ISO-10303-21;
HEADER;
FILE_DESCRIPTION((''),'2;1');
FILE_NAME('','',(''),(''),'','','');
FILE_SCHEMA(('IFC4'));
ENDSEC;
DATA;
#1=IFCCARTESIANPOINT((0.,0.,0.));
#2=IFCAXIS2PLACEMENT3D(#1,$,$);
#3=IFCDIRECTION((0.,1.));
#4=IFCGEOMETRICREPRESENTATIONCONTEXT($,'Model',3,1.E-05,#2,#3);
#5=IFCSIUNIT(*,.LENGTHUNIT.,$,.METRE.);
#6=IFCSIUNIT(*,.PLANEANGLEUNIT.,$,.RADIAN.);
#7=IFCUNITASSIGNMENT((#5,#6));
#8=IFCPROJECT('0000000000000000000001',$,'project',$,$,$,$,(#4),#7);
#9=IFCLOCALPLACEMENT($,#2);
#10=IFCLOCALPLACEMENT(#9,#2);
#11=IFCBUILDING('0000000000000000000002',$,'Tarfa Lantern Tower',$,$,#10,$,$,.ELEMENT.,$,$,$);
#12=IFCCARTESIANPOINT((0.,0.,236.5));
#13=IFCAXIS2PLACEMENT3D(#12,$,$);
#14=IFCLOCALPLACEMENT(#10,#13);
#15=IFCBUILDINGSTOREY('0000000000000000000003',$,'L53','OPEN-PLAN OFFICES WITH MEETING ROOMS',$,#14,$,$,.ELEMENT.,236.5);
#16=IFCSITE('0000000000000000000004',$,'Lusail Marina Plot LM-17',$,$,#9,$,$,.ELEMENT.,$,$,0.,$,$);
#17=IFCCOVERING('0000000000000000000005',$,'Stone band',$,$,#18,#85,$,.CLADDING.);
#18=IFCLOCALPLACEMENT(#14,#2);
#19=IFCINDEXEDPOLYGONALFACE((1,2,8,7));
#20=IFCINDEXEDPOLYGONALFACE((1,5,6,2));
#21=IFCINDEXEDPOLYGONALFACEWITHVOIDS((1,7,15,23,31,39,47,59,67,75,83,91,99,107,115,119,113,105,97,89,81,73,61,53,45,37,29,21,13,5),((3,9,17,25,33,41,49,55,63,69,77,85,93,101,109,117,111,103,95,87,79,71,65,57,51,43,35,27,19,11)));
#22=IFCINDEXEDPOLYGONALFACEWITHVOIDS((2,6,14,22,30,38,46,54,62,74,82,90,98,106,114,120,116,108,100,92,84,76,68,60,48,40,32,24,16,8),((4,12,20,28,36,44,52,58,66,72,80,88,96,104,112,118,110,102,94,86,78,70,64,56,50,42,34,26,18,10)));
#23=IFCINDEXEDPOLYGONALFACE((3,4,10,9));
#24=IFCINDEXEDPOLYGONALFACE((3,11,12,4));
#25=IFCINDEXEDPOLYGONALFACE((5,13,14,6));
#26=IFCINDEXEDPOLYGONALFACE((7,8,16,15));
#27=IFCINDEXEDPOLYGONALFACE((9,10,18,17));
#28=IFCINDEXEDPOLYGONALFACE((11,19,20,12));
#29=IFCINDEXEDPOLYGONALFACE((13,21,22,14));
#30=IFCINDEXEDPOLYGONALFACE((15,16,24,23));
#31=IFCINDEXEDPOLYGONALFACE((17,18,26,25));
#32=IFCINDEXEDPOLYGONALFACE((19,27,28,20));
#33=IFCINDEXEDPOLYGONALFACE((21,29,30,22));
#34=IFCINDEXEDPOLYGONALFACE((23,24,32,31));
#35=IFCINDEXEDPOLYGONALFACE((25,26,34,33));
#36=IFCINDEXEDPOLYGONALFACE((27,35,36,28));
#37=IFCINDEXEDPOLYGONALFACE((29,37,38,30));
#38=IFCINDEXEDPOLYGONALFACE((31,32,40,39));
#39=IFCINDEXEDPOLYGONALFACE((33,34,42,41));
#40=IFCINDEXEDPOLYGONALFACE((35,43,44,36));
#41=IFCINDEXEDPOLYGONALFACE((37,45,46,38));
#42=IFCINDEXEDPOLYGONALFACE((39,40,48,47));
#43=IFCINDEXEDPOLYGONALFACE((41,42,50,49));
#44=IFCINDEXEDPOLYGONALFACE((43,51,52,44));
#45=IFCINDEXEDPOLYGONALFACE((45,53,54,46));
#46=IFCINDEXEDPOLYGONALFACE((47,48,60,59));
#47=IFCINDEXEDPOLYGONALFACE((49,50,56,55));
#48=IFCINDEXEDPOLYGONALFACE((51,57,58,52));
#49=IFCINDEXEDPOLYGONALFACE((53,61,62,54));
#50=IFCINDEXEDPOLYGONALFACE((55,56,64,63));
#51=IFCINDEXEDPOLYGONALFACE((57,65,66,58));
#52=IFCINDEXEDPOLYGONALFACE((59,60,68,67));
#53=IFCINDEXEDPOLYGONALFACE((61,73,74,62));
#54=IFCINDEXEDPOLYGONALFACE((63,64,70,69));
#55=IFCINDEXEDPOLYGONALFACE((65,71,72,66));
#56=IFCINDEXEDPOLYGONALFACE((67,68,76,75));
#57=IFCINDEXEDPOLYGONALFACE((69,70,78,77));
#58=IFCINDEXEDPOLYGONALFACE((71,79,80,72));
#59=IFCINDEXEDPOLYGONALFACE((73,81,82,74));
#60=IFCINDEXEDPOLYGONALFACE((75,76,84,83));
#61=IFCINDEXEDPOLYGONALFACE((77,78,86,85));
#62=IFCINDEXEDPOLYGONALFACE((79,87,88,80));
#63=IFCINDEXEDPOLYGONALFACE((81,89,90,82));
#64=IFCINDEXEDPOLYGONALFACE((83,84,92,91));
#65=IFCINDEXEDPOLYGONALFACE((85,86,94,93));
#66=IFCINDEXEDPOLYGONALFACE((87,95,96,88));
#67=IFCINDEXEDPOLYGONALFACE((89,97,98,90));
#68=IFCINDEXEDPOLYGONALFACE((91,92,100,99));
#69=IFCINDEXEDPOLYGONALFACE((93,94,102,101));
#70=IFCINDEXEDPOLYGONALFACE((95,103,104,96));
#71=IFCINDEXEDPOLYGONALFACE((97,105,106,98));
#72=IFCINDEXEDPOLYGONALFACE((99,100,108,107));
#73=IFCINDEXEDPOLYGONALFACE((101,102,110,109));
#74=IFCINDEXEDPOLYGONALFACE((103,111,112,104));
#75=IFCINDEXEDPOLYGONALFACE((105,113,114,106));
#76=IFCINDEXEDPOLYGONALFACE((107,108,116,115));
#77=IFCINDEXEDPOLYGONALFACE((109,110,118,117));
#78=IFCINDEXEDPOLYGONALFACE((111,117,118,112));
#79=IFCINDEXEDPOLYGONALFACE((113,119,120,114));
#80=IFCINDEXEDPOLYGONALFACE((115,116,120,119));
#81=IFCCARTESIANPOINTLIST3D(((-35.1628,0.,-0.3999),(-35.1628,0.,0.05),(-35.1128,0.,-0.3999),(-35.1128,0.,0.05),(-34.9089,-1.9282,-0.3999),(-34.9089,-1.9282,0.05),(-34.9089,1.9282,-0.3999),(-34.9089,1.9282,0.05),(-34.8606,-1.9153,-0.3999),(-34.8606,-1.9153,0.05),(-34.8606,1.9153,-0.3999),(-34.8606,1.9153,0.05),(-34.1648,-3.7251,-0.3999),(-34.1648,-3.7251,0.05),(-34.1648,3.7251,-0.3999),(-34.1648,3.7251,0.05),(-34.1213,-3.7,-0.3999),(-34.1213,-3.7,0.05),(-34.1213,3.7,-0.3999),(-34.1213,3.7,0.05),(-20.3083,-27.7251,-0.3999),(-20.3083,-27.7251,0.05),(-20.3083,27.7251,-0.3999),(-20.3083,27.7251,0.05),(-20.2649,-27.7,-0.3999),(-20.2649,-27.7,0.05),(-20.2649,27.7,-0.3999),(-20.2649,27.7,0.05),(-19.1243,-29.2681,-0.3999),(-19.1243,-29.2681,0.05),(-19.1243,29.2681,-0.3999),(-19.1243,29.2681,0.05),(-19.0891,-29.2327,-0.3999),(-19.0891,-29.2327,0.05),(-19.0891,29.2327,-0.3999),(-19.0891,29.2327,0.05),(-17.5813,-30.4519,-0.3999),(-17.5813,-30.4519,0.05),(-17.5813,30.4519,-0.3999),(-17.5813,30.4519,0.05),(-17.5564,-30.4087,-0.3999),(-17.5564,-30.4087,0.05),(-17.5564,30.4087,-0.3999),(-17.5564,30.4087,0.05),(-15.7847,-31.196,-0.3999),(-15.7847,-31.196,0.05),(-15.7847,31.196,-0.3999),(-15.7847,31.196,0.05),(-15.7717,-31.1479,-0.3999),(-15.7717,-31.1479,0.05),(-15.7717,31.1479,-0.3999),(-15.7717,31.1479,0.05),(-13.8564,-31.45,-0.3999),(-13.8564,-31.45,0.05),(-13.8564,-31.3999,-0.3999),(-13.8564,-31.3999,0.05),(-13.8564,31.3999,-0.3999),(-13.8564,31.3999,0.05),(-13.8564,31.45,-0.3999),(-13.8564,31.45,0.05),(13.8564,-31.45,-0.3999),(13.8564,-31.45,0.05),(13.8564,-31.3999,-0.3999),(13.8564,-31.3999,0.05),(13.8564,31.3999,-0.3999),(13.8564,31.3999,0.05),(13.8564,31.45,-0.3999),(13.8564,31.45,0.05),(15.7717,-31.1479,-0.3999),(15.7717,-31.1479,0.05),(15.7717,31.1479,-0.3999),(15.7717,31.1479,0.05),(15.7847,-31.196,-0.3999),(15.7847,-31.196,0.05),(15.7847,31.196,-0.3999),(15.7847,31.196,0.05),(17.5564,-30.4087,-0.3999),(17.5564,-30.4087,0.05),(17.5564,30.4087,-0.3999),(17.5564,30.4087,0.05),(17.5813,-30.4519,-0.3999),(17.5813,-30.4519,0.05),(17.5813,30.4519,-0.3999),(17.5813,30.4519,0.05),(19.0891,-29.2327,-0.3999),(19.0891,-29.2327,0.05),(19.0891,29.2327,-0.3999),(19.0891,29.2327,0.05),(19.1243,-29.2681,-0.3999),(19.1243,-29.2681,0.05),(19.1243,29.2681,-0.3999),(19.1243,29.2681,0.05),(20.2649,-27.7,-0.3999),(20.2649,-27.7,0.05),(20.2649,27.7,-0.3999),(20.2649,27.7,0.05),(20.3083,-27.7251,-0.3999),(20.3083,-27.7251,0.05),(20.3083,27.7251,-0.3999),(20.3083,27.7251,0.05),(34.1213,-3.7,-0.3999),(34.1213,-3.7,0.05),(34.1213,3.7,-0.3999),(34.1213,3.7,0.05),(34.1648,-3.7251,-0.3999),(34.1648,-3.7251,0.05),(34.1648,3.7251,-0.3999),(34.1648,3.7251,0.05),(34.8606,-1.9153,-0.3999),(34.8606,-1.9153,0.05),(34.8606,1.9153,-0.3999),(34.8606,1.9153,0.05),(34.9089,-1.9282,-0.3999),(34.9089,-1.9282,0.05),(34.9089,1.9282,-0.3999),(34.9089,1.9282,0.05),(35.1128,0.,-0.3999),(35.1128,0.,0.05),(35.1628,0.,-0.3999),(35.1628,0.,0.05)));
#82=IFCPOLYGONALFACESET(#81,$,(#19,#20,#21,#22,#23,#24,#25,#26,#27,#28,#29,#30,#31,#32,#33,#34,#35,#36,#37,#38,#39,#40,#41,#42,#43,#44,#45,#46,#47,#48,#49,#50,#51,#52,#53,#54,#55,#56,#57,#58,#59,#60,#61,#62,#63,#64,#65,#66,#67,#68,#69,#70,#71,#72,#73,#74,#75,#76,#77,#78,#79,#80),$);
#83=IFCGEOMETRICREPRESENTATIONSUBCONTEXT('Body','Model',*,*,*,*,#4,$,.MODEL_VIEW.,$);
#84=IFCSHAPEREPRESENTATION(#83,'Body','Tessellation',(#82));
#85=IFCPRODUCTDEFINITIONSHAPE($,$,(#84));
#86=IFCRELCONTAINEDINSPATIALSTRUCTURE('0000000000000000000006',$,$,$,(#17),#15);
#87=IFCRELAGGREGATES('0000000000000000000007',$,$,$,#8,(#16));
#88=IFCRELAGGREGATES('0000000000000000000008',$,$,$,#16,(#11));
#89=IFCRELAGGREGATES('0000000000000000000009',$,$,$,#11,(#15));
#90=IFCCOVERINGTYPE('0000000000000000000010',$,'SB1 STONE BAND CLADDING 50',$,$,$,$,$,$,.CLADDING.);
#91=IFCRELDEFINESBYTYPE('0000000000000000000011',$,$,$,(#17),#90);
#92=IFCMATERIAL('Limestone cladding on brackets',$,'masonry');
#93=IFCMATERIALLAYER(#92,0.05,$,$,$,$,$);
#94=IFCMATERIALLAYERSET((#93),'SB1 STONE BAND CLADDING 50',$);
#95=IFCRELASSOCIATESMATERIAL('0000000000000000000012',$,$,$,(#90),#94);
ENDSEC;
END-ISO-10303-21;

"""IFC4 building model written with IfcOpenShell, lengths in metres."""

from ifc_helpers import new_model, si_unit, direction, frame, origin, place, context, subcontext, project, spatial, polyline, outline, extrude, material, layer, layer_set, type_object, element, save


model = new_model("IFC4")

# Units and contexts
model_context = context("Model", 3, precision=1e-05, world=origin(), true_north=direction((0.0, 1.0)))
body_context = subcontext(model_context, "Body", "Model", "MODEL_VIEW")
ifc_project = project(units=[si_unit("LENGTHUNIT", "METRE"), si_unit("PLANEANGLEUNIT", "RADIAN")], contexts=[model_context])

# Site, building, storey
site_placement = place(None, origin())
site = spatial("IfcSite", under=ifc_project, at=site_placement, Name="Lusail Marina Plot LM-17", CompositionType="ELEMENT", RefElevation=0.0)
building_placement = place(site_placement, origin())
building = spatial("IfcBuilding", under=site, at=building_placement, Name="Tarfa Lantern Tower", CompositionType="ELEMENT")
storey_placement = place(building_placement, frame((0.0, 0.0, 236.5)))
storey = spatial("IfcBuildingStorey", under=building, at=storey_placement, Name="L53", Description="OPEN-PLAN OFFICES WITH MEETING ROOMS", CompositionType="ELEMENT", Elevation=236.5)

# Covering
ifc_material_1 = material(Name="Limestone cladding on brackets", Category="masonry")
ifc_layer_1 = layer(ifc_material_1, 0.05)
ifc_layer_set_1 = layer_set([ifc_layer_1], Name="SB1 STONE BAND CLADDING 50")
covering_type_1 = type_object("IfcCoveringType", Name="SB1 STONE BAND CLADDING 50", PredefinedType="CLADDING", material=ifc_layer_set_1)
covering_1_placement = place(storey_placement, frame((0.0, 0.0, -0.3999)))
element("IfcCovering", 1, at=covering_1_placement, inside=storey, type_object=covering_type_1, Name="Stone band", PredefinedType="CLADDING", context=body_context, shape_type="SweptSolid", body=[
    extrude(outline(polyline([(34.1648, 3.7251), (20.3083, 27.7251), (19.1243, 29.2681), (17.5813, 30.4519), (15.7847, 31.196), (13.8564, 31.45), (-13.8564, 31.45), (-15.7847, 31.196), (-17.5813, 30.4519), (-19.1243, 29.2681), (-20.3083, 27.7251), (-34.1648, 3.7251), (-34.9089, 1.9282), (-35.1628, 0.0), (-34.9089, -1.9282), (-34.1648, -3.7251), (-20.3083, -27.7251), (-19.1243, -29.2681), (-17.5813, -30.4519), (-15.7847, -31.196), (-13.8564, -31.45), (13.8564, -31.45), (15.7847, -31.196), (17.5813, -30.4519), (19.1243, -29.2681), (20.3083, -27.7251), (34.1648, -3.7251), (34.9089, -1.9282), (35.1628, 0.0), (34.9089, 1.9282), (34.1648, 3.7251)]), holes=[polyline([(34.1213, 3.7), (20.2649, 27.7), (19.0891, 29.2327), (17.5564, 30.4087), (15.7717, 31.1479), (13.8564, 31.3999), (-13.8564, 31.3999), (-15.7717, 31.1479), (-17.5564, 30.4087), (-19.0891, 29.2327), (-20.2649, 27.7), (-34.1213, 3.7), (-34.8606, 1.9153), (-35.1128, 0.0), (-34.8606, -1.9153), (-34.1213, -3.7), (-20.2649, -27.7), (-19.0891, -29.2327), (-17.5564, -30.4087), (-15.7717, -31.1479), (-13.8564, -31.3999), (13.8564, -31.3999), (15.7717, -31.1479), (17.5564, -30.4087), (19.0891, -29.2327), (20.2649, -27.7), (34.1213, -3.7), (34.8606, -1.9153), (35.1128, 0.0), (34.8606, 1.9153), (34.1213, 3.7)])]), origin(), (0.0, 0.0, 1.0), 0.45),
])

save(model, "model.ifc")
